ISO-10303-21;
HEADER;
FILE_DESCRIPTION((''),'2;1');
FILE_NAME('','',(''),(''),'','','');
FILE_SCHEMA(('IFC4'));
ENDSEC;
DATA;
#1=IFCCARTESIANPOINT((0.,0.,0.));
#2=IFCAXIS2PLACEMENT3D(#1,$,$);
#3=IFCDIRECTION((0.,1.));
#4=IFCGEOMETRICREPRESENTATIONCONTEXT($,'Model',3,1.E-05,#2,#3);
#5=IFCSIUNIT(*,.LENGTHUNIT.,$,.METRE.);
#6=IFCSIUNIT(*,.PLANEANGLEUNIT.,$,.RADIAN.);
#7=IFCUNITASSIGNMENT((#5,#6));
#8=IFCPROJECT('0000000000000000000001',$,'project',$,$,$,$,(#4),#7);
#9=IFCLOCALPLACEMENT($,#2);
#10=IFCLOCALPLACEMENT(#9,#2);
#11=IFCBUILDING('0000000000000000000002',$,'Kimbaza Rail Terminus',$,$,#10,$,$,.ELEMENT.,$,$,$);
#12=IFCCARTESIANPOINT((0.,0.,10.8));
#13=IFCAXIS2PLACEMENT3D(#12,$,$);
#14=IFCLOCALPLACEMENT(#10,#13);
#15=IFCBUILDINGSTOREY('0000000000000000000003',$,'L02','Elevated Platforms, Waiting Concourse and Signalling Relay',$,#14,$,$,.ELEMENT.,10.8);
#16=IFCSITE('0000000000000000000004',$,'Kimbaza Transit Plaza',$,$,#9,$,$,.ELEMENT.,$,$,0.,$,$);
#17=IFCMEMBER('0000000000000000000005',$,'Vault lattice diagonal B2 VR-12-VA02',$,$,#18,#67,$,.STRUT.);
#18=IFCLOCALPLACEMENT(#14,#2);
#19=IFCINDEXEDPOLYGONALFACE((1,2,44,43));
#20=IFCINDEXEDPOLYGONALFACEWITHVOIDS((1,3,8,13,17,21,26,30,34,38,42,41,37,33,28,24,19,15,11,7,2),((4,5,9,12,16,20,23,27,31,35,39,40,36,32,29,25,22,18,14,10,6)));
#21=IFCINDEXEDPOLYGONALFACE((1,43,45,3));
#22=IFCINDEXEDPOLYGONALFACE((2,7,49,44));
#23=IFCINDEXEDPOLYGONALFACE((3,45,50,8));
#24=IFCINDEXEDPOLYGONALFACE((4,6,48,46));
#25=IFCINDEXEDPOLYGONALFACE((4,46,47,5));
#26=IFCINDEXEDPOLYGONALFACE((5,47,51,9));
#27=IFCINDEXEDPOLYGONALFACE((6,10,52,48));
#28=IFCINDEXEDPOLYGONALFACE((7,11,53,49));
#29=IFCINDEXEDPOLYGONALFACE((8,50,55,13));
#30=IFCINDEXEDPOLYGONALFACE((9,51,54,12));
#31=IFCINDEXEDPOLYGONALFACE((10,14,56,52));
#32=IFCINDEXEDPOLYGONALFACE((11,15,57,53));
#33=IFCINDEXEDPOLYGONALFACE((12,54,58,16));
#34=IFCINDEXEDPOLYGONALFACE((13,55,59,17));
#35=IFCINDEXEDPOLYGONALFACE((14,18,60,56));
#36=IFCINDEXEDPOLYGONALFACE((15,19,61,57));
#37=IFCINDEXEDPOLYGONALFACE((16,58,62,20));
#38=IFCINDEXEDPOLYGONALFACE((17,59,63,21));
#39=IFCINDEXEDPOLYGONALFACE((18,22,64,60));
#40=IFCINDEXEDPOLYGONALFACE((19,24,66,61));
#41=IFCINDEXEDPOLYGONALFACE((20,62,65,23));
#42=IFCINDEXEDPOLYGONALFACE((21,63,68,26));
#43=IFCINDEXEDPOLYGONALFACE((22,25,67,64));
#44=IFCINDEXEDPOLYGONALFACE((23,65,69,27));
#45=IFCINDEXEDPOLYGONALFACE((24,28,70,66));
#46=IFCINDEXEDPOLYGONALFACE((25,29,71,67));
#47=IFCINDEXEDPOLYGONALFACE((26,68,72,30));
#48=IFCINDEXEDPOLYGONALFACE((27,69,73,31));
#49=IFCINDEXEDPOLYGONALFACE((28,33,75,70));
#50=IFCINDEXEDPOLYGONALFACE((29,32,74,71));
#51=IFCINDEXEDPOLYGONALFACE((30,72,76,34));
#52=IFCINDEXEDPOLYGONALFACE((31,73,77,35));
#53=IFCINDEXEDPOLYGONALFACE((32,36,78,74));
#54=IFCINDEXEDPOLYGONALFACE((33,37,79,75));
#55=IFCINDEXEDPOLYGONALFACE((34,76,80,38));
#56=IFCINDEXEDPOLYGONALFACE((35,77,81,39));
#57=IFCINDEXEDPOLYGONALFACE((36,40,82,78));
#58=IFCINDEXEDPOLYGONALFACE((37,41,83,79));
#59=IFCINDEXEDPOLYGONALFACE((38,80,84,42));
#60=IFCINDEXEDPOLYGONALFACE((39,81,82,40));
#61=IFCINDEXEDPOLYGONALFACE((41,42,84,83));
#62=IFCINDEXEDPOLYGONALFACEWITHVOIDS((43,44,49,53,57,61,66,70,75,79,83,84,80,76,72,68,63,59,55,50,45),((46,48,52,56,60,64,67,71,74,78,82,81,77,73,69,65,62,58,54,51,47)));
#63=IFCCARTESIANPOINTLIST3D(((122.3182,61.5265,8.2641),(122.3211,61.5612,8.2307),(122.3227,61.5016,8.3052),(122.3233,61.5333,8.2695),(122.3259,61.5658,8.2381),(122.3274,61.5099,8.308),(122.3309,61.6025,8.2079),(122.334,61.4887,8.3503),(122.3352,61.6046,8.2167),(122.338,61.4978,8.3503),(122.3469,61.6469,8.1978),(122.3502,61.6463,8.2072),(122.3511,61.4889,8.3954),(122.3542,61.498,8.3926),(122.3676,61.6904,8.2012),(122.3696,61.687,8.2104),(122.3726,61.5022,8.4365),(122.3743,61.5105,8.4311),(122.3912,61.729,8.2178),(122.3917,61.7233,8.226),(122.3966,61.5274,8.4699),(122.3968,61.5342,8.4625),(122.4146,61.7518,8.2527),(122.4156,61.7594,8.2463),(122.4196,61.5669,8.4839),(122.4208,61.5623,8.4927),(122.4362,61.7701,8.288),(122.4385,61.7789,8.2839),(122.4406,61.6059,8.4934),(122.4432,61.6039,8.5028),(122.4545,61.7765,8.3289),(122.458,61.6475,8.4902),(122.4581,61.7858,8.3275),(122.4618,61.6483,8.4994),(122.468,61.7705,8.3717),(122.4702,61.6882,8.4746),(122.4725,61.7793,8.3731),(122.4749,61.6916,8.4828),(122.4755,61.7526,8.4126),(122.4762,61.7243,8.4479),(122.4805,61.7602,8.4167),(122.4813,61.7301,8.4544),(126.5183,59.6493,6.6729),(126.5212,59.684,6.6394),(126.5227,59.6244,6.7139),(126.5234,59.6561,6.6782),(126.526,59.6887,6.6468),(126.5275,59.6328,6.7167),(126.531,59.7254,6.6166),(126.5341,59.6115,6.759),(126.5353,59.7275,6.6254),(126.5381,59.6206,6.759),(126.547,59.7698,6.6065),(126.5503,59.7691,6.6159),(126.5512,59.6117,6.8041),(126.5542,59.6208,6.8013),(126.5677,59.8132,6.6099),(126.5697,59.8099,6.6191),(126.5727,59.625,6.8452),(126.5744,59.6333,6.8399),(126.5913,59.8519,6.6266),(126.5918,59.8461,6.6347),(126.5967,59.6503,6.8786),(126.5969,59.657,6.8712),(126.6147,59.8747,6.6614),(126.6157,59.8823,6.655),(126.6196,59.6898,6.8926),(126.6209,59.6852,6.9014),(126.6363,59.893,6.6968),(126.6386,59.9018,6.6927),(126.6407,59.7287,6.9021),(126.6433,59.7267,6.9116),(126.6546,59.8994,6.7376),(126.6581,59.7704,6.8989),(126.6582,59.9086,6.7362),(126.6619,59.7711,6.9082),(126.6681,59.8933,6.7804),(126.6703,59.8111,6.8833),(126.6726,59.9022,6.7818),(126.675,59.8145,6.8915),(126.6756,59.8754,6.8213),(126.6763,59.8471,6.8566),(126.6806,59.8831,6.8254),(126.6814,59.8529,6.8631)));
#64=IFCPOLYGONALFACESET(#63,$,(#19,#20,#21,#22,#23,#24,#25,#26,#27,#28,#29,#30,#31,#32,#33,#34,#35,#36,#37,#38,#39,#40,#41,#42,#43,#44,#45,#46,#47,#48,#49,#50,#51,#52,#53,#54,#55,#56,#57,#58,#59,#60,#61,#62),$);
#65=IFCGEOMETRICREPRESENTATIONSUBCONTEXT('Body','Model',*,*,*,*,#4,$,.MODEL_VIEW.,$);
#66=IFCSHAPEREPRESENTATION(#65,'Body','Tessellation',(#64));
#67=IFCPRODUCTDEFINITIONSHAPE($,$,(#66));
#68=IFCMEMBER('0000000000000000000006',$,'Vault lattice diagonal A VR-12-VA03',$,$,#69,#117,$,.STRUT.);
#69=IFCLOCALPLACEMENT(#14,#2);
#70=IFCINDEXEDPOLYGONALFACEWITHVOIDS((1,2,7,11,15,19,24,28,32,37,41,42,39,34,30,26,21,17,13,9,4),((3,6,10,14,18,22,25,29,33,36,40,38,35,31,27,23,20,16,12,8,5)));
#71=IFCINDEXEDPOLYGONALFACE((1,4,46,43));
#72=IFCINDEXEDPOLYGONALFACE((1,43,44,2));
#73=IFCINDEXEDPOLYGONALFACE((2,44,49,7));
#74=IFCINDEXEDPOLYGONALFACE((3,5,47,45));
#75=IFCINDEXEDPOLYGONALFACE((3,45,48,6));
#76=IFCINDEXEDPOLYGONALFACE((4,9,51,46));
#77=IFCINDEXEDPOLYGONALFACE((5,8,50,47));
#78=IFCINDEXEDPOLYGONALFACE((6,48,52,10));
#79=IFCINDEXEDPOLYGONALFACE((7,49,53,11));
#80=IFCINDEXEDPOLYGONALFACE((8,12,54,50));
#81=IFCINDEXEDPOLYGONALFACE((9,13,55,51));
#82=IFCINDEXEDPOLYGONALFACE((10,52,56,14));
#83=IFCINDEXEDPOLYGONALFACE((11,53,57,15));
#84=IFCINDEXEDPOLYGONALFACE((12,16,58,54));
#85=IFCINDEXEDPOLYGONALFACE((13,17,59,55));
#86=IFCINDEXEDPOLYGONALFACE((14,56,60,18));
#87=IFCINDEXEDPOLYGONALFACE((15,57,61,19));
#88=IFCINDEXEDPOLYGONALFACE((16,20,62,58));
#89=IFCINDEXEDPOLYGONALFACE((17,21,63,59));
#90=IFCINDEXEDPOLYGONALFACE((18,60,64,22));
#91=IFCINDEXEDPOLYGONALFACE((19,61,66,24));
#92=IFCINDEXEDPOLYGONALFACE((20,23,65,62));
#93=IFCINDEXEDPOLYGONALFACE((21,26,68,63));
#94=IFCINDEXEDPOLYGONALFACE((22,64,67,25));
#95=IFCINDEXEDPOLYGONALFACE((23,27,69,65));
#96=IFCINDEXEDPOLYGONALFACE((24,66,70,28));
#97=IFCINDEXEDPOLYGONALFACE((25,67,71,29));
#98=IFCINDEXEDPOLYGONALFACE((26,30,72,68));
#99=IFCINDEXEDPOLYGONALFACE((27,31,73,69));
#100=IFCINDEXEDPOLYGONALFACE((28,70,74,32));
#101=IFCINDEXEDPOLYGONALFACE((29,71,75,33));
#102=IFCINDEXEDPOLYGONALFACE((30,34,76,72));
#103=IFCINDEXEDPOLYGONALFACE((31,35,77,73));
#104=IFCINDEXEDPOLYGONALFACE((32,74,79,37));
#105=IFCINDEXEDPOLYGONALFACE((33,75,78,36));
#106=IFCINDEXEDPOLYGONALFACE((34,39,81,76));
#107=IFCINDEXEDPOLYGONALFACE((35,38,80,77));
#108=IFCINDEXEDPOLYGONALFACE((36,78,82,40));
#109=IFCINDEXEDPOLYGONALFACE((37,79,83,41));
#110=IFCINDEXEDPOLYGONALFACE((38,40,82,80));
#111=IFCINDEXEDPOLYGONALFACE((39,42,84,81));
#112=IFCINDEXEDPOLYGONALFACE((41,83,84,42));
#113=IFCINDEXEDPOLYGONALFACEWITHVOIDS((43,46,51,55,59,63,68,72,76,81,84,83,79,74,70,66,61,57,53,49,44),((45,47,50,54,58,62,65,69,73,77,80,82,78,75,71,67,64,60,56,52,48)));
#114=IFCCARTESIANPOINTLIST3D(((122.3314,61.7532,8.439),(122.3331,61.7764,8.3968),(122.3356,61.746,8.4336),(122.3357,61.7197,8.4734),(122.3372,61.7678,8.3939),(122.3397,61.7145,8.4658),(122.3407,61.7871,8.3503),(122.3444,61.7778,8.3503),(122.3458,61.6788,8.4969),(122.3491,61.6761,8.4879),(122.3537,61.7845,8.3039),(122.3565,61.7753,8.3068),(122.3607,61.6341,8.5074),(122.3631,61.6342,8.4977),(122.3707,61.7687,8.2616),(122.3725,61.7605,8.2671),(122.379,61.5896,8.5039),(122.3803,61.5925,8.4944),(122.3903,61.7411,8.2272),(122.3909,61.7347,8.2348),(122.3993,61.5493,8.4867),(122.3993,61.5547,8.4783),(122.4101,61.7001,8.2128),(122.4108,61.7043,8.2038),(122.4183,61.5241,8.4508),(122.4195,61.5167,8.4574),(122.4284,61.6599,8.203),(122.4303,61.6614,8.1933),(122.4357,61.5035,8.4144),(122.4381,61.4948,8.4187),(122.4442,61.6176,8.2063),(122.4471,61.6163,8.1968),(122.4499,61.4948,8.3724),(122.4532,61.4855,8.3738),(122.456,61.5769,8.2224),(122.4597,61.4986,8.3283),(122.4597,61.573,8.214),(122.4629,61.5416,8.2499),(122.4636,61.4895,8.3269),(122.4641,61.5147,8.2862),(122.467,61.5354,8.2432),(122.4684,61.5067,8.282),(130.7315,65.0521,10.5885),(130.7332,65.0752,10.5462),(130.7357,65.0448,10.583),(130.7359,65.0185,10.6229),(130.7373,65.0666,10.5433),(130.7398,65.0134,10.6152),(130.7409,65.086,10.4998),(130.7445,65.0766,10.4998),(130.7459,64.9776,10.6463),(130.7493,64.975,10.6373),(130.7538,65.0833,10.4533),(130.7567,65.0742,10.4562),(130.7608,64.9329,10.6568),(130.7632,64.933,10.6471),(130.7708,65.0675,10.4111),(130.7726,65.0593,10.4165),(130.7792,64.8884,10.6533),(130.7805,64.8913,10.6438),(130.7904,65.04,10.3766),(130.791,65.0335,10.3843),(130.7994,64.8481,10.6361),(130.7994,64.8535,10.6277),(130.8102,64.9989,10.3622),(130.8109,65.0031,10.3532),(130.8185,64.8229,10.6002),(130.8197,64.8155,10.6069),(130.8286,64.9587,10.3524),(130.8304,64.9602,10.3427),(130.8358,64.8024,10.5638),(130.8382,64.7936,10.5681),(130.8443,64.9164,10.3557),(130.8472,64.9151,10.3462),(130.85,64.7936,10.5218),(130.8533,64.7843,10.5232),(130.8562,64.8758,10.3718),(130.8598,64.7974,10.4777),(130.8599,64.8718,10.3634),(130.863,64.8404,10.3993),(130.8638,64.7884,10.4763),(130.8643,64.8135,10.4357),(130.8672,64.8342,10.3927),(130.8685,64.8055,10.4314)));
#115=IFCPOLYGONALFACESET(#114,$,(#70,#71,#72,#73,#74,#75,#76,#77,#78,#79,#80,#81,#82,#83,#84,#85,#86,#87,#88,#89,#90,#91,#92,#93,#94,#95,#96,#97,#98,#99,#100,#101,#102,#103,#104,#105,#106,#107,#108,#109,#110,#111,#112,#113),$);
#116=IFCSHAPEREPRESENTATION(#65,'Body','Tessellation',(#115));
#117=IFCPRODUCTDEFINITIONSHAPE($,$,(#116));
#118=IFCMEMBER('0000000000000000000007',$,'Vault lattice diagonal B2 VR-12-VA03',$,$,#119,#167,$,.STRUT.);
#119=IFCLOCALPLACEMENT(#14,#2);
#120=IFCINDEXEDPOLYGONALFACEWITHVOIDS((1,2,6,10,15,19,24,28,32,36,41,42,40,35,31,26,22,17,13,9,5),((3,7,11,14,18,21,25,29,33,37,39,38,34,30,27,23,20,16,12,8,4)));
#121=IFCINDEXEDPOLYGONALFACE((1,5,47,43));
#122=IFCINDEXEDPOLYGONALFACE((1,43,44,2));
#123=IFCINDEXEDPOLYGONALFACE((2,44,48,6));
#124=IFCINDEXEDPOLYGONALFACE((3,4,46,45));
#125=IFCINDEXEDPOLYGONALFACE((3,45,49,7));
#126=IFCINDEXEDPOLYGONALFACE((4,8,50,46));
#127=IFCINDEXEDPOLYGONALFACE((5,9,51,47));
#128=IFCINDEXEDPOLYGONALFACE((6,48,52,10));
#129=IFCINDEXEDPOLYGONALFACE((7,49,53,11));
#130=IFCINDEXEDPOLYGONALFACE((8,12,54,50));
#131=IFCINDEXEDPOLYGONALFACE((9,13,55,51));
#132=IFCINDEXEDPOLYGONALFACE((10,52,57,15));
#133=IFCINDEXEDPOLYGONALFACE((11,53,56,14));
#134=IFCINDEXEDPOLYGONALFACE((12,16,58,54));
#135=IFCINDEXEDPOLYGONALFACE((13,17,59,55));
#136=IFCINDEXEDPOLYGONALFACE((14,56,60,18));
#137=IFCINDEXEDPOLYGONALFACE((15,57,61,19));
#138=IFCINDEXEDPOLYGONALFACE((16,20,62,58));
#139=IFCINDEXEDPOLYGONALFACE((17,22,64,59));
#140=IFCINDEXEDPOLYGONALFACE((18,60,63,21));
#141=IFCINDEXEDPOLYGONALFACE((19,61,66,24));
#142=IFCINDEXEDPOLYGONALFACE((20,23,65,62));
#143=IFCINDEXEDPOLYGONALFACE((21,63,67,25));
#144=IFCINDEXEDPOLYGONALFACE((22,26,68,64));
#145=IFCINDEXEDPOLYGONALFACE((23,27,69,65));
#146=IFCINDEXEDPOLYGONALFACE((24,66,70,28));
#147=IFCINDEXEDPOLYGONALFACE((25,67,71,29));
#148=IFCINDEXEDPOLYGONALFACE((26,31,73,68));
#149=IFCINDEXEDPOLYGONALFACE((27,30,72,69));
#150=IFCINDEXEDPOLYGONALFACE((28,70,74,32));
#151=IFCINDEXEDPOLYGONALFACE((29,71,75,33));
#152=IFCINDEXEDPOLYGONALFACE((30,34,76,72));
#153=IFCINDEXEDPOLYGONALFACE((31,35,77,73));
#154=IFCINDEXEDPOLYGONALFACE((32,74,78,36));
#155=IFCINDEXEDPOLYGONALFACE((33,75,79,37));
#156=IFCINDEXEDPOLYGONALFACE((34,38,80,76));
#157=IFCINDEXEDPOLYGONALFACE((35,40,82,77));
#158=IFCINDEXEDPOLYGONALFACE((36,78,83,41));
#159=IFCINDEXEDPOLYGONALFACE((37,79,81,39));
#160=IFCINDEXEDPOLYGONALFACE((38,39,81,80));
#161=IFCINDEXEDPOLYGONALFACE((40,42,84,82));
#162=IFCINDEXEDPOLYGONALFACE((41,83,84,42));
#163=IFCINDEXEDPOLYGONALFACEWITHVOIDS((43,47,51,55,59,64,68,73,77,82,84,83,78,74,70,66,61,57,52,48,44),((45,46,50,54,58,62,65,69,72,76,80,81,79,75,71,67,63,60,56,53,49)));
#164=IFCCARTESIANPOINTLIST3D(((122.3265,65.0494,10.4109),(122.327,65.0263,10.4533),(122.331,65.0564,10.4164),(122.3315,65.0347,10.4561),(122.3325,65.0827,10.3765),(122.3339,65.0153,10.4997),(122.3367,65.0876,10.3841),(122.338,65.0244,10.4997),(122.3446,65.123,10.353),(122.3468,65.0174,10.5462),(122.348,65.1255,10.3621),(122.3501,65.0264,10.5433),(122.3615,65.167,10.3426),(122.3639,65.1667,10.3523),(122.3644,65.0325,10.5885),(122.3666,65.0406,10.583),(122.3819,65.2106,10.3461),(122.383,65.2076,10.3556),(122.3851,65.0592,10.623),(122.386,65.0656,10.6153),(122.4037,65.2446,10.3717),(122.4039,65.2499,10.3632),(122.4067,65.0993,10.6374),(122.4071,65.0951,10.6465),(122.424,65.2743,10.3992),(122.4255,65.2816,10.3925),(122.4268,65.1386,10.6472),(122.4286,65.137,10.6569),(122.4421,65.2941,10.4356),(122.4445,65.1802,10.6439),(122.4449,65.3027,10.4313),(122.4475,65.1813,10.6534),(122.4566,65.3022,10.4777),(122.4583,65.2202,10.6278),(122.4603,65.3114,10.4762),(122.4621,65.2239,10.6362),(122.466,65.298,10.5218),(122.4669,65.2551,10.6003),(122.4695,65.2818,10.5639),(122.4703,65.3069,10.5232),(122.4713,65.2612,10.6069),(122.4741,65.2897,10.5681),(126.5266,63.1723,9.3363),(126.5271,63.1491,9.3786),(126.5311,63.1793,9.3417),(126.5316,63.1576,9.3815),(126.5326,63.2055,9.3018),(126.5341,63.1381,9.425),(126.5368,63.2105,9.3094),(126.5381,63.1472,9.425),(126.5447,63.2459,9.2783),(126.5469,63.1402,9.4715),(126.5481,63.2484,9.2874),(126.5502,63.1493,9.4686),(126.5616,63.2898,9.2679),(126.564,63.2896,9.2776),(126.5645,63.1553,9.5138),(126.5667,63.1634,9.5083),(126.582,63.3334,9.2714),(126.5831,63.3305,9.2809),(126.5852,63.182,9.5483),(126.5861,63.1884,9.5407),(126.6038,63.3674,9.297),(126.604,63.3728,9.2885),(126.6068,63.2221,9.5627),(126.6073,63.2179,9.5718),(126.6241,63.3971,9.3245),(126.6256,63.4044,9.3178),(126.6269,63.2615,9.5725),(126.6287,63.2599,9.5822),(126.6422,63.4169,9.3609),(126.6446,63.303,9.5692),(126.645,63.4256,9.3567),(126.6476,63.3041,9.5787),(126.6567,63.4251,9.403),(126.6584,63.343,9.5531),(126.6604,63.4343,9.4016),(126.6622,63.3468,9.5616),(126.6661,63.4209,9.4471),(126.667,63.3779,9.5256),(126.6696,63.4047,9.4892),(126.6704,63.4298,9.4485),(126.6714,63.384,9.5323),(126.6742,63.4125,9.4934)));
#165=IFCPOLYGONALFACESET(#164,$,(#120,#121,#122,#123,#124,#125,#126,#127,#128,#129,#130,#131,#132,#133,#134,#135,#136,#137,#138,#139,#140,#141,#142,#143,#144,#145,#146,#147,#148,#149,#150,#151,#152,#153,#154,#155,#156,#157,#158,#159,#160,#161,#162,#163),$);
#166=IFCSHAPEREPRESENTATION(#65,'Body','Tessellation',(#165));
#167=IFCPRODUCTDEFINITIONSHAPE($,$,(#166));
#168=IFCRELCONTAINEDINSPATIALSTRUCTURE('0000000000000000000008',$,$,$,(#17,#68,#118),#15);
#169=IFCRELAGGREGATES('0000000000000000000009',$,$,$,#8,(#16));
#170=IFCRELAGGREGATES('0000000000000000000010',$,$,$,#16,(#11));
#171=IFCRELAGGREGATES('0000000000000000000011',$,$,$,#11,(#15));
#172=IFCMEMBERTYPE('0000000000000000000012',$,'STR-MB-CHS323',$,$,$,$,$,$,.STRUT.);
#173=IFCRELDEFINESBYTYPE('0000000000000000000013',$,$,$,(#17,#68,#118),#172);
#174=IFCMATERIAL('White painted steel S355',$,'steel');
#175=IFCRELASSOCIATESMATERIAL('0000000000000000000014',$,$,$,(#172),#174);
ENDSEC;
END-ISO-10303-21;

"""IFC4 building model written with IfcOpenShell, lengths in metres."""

from ifc_helpers import new_model, si_unit, direction, frame, origin, origin_2d, place, context, subcontext, project, spatial, hollow_circle, extrude, material, material_profile, profile_set, type_object, element, save


model = new_model("IFC4")

# Units and contexts
model_context = context("Model", 3, precision=1e-05, world=origin(), true_north=direction((0.0, 1.0)))
body_context = subcontext(model_context, "Body", "Model", "MODEL_VIEW")
ifc_project = project(units=[si_unit("LENGTHUNIT", "METRE"), si_unit("PLANEANGLEUNIT", "RADIAN")], contexts=[model_context])

# Site, building, storey
site_placement = place(None, origin())
site = spatial("IfcSite", under=ifc_project, at=site_placement, Name="Kimbaza Transit Plaza", CompositionType="ELEMENT", RefElevation=0.0)
building_placement = place(site_placement, origin())
building = spatial("IfcBuilding", under=site, at=building_placement, Name="Kimbaza Rail Terminus", CompositionType="ELEMENT")
storey_placement = place(building_placement, frame((0.0, 0.0, 10.8)))
storey = spatial("IfcBuildingStorey", under=building, at=storey_placement, Name="L02", Description="Elevated Platforms, Waiting Concourse and Signalling Relay", CompositionType="ELEMENT", Elevation=10.8)

# Members
ifc_material_1 = material(Name="White painted steel S355", Category="steel")
ifc_material_profile_1 = material_profile(ifc_material_1, hollow_circle(Radius=0.1619, WallThickness=0.01, at=origin_2d()), Name="CHS 323.9x10")
ifc_profile_set_1 = profile_set([ifc_material_profile_1], Name="White painted steel S355")
member_type_1 = type_object("IfcMemberType", Name="STR-MB-CHS323", PredefinedType="STRUT", material=ifc_profile_set_1)
member_1_placement = place(storey_placement, frame((126.6001, 59.7593, 6.759), z_axis=(-0.862811, 0.385617, 0.326889), x_axis=(-0.408033, -0.912967, 0.0)))
element("IfcMember", 1, at=member_1_placement, inside=storey, type_object=member_type_1, Name="Vault lattice diagonal B2 VR-12-VA02", PredefinedType="STRUT", context=body_context, shape_type="SweptSolid", body=[
    extrude(hollow_circle(Radius=0.1619, WallThickness=0.01, at=origin_2d()), origin(), (0.0, 0.0, 1.0), 4.8679),
])
member_2_placement = place(storey_placement, frame((122.3999, 61.6365, 8.3503), z_axis=(0.905471, 0.355588, 0.23169), x_axis=(-0.365534, 0.930798, 0.0)))
element("IfcMember", 2, at=member_2_placement, inside=storey, type_object=member_type_1, Name="Vault lattice diagonal A VR-12-VA03", PredefinedType="STRUT", context=body_context, shape_type="SweptSolid", body=[
    extrude(hollow_circle(Radius=0.1619, WallThickness=0.01, at=origin_2d()), origin(), (0.0, 0.0, 1.0), 9.2771),
])
member_3_placement = place(storey_placement, frame((126.6001, 63.2859, 9.425), z_axis=(-0.889032, 0.397336, 0.227477), x_axis=(-0.408033, -0.912967, 0.0)))
element("IfcMember", 3, at=member_3_placement, inside=storey, type_object=member_type_1, Name="Vault lattice diagonal B2 VR-12-VA03", PredefinedType="STRUT", context=body_context, shape_type="SweptSolid", body=[
    extrude(hollow_circle(Radius=0.1619, WallThickness=0.01, at=origin_2d()), origin(), (0.0, 0.0, 1.0), 4.7244),
])

save(model, "model.ifc")
